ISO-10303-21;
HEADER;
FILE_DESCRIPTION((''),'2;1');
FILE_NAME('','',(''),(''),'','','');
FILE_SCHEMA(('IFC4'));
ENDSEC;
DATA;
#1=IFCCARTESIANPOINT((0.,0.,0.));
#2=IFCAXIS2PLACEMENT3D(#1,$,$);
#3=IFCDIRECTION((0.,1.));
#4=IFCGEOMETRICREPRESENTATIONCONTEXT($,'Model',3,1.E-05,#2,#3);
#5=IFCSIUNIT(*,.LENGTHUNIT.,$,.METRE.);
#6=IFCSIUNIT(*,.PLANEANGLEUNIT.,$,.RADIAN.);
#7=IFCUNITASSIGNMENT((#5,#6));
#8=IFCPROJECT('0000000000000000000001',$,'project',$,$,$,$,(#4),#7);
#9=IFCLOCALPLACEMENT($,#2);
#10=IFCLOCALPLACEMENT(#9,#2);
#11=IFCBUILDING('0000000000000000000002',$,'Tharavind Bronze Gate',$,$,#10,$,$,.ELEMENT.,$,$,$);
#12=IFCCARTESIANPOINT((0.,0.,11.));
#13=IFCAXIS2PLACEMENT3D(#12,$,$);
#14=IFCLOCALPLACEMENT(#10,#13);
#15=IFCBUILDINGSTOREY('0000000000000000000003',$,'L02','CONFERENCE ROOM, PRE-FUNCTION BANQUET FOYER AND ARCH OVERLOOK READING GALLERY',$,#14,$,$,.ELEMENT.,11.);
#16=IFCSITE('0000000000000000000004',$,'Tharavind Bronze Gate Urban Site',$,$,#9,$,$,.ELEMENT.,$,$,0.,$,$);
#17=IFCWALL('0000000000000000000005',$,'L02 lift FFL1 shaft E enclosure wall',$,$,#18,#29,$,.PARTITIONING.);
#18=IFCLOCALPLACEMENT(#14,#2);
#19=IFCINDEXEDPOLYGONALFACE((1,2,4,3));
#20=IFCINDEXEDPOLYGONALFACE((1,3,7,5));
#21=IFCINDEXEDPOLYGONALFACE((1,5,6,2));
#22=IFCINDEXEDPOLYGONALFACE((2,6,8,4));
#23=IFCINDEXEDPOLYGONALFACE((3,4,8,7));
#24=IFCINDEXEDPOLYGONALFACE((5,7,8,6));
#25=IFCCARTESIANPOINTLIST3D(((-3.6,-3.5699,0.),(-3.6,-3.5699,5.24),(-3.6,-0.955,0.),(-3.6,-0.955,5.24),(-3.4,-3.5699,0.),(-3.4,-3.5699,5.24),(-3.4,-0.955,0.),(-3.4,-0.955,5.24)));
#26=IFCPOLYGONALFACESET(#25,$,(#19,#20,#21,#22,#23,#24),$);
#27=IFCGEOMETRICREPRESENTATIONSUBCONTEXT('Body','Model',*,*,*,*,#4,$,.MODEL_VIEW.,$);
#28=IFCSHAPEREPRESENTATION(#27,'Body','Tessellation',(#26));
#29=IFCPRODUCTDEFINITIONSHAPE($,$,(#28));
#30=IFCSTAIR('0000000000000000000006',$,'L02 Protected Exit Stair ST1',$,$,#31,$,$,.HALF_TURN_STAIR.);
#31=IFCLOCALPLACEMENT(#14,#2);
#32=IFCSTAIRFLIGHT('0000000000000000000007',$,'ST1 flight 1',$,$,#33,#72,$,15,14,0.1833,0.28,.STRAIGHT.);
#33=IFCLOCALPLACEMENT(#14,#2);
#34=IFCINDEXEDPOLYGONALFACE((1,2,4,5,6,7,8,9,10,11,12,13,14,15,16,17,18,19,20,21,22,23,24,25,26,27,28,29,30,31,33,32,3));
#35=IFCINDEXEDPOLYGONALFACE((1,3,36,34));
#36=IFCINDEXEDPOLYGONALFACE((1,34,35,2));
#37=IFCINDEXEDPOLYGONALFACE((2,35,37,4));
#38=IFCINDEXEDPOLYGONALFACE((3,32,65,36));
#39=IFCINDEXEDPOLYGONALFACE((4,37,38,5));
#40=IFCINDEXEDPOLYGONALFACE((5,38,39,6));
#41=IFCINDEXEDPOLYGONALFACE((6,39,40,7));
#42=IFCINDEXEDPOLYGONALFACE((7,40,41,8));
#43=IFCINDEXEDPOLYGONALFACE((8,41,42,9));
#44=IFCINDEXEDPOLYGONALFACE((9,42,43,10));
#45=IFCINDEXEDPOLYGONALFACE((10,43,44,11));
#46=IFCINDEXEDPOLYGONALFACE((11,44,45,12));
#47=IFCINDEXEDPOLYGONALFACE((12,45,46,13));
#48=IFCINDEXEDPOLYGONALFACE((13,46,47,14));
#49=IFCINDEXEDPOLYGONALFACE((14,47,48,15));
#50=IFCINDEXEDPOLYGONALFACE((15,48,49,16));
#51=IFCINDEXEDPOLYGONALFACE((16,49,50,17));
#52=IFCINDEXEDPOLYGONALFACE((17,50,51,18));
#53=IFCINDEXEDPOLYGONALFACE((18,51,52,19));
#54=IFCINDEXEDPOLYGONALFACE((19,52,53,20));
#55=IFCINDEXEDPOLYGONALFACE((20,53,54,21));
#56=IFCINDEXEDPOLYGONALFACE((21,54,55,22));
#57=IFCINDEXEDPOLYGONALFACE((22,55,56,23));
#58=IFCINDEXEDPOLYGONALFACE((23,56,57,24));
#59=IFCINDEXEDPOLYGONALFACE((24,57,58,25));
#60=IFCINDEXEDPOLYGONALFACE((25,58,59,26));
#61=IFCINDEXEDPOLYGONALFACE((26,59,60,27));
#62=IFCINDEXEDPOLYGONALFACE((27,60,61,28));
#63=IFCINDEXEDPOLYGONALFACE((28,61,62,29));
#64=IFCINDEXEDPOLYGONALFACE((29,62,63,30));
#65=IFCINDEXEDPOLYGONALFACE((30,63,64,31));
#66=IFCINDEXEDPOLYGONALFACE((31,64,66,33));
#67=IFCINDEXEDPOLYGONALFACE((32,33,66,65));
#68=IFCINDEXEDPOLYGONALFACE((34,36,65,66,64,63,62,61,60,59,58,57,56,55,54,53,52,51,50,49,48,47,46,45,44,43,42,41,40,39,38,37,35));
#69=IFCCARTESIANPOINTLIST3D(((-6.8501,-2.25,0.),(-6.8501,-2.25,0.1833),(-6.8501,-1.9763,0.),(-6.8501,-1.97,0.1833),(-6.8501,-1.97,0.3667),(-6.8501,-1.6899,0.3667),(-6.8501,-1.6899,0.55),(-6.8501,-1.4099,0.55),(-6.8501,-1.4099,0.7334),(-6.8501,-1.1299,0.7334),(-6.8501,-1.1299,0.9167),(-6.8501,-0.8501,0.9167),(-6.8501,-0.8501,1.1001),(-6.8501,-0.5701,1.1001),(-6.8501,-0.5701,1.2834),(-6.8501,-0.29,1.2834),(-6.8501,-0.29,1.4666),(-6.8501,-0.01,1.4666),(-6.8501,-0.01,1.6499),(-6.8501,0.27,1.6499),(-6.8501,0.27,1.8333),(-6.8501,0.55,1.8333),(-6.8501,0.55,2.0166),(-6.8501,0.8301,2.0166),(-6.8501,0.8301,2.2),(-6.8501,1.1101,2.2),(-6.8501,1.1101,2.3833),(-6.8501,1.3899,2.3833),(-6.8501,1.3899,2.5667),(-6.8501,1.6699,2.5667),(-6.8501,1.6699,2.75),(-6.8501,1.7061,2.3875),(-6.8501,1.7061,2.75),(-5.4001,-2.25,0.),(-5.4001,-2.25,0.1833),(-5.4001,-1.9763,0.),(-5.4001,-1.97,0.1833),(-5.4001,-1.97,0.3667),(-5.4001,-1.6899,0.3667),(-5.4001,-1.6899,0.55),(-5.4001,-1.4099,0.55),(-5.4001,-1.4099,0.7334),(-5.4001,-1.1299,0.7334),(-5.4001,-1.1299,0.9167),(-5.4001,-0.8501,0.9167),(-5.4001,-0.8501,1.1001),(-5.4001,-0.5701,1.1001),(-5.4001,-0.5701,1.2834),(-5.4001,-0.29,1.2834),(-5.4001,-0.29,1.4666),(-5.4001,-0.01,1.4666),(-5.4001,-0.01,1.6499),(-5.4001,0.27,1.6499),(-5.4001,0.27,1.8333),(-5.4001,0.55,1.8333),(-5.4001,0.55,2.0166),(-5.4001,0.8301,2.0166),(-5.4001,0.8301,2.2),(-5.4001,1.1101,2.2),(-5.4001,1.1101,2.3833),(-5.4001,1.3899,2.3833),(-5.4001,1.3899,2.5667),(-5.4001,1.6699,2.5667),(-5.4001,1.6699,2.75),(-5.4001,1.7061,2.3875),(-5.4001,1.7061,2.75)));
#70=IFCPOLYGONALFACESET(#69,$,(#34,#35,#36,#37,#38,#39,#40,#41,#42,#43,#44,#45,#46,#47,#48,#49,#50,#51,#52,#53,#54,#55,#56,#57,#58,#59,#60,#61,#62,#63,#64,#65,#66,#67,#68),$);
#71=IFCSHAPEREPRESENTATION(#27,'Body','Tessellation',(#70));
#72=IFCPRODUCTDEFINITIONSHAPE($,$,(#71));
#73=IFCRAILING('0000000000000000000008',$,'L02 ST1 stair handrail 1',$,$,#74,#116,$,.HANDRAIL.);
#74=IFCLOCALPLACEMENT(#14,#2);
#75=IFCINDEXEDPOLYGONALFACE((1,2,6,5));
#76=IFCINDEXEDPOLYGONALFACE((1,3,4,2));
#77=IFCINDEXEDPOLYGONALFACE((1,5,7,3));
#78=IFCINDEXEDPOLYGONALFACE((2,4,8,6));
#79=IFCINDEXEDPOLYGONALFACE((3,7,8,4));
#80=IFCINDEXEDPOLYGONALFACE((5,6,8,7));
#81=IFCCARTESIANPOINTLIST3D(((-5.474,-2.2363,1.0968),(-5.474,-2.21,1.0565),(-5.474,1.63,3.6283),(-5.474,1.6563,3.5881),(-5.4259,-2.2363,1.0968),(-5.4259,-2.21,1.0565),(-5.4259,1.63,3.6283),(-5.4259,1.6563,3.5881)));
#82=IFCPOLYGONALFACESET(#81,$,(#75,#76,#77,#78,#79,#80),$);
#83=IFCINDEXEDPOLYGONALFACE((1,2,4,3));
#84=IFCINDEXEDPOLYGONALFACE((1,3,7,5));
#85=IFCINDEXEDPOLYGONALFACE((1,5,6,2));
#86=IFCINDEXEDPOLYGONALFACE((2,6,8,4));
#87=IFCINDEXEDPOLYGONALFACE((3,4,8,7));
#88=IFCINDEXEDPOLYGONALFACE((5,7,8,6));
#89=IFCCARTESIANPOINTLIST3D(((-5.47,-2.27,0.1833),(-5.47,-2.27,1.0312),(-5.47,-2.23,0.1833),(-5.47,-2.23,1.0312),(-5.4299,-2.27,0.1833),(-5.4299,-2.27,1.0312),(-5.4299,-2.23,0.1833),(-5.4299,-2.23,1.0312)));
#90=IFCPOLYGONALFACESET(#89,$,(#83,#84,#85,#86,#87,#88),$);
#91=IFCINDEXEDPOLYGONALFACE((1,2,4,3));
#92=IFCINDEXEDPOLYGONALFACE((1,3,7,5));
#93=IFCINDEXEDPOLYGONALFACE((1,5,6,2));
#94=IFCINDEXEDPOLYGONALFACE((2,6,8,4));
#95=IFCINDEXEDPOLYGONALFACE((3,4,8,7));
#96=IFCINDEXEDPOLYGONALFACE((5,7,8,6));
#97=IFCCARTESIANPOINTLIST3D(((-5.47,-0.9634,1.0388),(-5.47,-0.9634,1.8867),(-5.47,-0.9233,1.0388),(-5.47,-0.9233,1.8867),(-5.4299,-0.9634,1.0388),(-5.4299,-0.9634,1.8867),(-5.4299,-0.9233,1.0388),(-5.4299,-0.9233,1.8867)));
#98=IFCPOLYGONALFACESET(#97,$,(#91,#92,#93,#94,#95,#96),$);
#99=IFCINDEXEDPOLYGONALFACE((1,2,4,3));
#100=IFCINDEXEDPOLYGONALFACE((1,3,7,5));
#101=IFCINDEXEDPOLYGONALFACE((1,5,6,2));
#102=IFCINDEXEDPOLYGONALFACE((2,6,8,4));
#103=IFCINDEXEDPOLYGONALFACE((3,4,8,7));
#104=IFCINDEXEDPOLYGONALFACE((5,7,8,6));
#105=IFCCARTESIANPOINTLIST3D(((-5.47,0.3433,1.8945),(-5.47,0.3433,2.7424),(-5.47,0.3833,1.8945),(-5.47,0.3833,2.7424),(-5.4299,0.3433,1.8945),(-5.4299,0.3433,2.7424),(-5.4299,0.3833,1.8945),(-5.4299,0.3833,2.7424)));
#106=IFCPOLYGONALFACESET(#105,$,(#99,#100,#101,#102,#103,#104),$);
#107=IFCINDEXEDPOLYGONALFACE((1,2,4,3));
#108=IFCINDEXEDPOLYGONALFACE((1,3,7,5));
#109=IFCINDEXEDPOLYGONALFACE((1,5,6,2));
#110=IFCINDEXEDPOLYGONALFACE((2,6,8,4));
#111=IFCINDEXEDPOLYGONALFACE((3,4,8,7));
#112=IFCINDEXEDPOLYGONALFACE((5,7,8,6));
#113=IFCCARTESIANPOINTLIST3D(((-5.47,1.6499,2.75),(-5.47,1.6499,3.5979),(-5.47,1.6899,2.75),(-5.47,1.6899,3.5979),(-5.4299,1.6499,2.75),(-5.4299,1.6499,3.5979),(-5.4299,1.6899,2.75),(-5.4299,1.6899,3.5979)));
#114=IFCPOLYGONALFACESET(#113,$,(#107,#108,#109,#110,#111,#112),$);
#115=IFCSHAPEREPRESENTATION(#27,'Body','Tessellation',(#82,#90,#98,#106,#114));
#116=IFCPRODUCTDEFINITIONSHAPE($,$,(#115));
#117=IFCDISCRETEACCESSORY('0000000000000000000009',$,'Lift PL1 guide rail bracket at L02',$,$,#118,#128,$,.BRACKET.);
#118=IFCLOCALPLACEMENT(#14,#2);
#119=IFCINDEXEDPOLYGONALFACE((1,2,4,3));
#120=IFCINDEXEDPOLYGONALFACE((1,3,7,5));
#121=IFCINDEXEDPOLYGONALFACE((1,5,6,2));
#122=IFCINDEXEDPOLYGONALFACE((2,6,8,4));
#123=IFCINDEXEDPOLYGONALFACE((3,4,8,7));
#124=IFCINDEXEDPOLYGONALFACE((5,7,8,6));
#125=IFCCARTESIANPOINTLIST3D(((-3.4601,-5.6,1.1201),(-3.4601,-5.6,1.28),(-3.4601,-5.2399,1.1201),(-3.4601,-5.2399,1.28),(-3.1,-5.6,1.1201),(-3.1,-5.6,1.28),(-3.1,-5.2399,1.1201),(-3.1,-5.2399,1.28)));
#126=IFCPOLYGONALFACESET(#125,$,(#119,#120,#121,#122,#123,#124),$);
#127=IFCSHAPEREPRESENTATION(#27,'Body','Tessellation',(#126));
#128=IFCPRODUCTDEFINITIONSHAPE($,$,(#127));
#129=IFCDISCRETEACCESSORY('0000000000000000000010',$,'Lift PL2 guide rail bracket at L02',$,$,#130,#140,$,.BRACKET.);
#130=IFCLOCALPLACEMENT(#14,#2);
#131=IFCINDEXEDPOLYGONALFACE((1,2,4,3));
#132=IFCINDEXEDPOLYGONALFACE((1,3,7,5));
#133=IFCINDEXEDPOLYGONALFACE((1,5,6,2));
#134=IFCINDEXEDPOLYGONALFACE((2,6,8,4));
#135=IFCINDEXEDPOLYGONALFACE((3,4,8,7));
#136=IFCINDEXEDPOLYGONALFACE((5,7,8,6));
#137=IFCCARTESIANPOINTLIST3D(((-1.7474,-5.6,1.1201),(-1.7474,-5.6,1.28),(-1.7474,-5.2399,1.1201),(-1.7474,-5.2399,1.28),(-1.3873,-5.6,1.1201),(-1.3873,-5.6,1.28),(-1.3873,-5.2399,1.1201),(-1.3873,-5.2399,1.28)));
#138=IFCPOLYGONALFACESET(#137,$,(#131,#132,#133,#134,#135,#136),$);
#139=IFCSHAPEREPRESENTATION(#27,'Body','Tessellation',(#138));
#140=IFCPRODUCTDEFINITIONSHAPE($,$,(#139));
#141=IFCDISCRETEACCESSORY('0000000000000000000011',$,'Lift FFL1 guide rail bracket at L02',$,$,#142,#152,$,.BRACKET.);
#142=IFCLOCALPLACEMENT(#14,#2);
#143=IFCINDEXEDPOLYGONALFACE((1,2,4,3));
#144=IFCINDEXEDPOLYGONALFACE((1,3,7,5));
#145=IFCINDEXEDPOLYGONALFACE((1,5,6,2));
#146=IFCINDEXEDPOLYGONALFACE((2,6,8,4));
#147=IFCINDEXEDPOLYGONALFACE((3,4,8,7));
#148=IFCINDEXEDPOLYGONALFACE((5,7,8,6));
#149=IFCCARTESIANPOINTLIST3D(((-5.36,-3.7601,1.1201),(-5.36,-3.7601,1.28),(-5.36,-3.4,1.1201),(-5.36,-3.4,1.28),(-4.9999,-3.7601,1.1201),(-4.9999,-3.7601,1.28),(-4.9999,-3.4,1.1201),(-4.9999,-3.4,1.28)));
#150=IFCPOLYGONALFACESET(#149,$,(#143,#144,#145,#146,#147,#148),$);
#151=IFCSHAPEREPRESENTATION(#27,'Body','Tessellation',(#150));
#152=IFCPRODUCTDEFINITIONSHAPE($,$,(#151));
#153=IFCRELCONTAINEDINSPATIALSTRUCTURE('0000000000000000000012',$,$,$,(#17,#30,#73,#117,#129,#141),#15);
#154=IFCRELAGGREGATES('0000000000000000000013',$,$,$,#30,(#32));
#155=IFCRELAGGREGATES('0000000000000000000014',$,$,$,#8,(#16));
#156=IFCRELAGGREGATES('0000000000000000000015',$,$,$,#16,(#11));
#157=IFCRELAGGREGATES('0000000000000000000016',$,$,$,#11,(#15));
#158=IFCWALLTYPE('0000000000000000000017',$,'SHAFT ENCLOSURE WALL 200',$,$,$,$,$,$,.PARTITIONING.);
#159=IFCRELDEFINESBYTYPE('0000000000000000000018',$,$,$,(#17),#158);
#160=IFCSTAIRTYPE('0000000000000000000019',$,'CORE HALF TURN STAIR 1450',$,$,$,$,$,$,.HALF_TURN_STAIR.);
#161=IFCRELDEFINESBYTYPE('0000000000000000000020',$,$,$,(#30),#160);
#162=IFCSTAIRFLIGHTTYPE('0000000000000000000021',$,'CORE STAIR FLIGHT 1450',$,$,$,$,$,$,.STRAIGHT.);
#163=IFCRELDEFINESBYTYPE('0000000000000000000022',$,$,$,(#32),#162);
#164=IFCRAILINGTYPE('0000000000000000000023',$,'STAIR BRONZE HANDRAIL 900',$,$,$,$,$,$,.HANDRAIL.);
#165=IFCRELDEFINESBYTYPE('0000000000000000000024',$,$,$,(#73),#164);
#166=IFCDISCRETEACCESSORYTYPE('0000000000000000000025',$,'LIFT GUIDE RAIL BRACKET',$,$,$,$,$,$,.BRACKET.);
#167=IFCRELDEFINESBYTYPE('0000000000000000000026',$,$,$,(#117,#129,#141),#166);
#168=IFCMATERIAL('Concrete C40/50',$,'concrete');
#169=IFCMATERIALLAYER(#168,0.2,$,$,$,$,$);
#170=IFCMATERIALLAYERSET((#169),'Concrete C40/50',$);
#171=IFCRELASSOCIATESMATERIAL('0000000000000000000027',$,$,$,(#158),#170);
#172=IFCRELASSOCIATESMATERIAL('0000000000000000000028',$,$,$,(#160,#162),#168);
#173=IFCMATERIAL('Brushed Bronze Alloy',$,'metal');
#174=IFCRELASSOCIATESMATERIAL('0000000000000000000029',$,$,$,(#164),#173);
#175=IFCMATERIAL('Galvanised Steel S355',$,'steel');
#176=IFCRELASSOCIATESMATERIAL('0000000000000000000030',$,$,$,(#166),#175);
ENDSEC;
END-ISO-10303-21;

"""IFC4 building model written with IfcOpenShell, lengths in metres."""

from ifc_helpers import new_model, si_unit, direction, frame, frame_2d, origin, origin_2d, place, context, subcontext, project, spatial, polyline, rectangle, outline, extrude, material, layer, layer_set, type_object, element, aggregate, save


model = new_model("IFC4")

# Units and contexts
model_context = context("Model", 3, precision=1e-05, world=origin(), true_north=direction((0.0, 1.0)))
body_context = subcontext(model_context, "Body", "Model", "MODEL_VIEW")
ifc_project = project(units=[si_unit("LENGTHUNIT", "METRE"), si_unit("PLANEANGLEUNIT", "RADIAN")], contexts=[model_context])

# Site, building, storey
site_placement = place(None, origin())
site = spatial("IfcSite", under=ifc_project, at=site_placement, Name="Tharavind Bronze Gate Urban Site", CompositionType="ELEMENT", RefElevation=0.0)
building_placement = place(site_placement, origin())
building = spatial("IfcBuilding", under=site, at=building_placement, Name="Tharavind Bronze Gate", CompositionType="ELEMENT")
storey_placement = place(building_placement, frame((0.0, 0.0, 11.0)))
storey = spatial("IfcBuildingStorey", under=building, at=storey_placement, Name="L02", Description="CONFERENCE ROOM, PRE-FUNCTION BANQUET FOYER AND ARCH OVERLOOK READING GALLERY", CompositionType="ELEMENT", Elevation=11.0)

# Wall
ifc_material_1 = material(Name="Concrete C40/50", Category="concrete")
ifc_layer_1 = layer(ifc_material_1, 0.2)
ifc_layer_set_1 = layer_set([ifc_layer_1], Name="Concrete C40/50")
wall_type_1 = type_object("IfcWallType", Name="SHAFT ENCLOSURE WALL 200", PredefinedType="PARTITIONING", material=ifc_layer_set_1)
wall_1_placement = place(storey_placement, frame((-3.5, -3.5701, 0.0), z_axis=(0.0, 0.0, 1.0), x_axis=(0.0, 1.0, 0.0)))
element("IfcWall", 1, at=wall_1_placement, inside=storey, type_object=wall_type_1, Name="L02 lift FFL1 shaft E enclosure wall", PredefinedType="PARTITIONING", context=body_context, shape_type="SweptSolid", body=[
    extrude(rectangle(XDim=2.615, YDim=0.2, at=frame_2d((1.3076, 0.0))), origin(), (0.0, 0.0, 1.0), 5.24),
])

# Stair, stair flight
stair_type = type_object("IfcStairType", Name="CORE HALF TURN STAIR 1450", PredefinedType="HALF_TURN_STAIR", material=ifc_material_1)
stair_placement = place(storey_placement, origin())
stair = element("IfcStair", 2, at=stair_placement, inside=storey, type_object=stair_type, Name="L02 Protected Exit Stair ST1", PredefinedType="HALF_TURN_STAIR")
stair_flight_type = type_object("IfcStairFlightType", Name="CORE STAIR FLIGHT 1450", PredefinedType="STRAIGHT", material=ifc_material_1)
stair_flight_placement = place(storey_placement, frame((-6.125, -2.25, 0.0), z_axis=(0.0, 0.0, 1.0), x_axis=(0.0, 1.0, 0.0)))
stair_flight = element("IfcStairFlight", 3, at=stair_flight_placement, type_object=stair_flight_type, Name="ST1 flight 1", NumberOfRisers=15, NumberOfTreads=14, PredefinedType="STRAIGHT", RiserHeight=0.1833, TreadLength=0.28, context=body_context, shape_type="SweptSolid", body=[
    extrude(outline(polyline([(0.0, 0.0), (0.0, 0.1833), (0.28, 0.1833), (0.28, 0.3667), (0.5601, 0.3667), (0.5601, 0.55), (0.8401, 0.55), (0.8401, 0.7334), (1.1201, 0.7334), (1.1201, 0.9167), (1.3999, 0.9167), (1.3999, 1.1001), (1.6799, 1.1001), (1.6799, 1.2834), (1.96, 1.2834), (1.96, 1.4666), (2.24, 1.4666), (2.24, 1.6499), (2.52, 1.6499), (2.52, 1.8333), (2.8, 1.8333), (2.8, 2.0166), (3.0801, 2.0166), (3.0801, 2.2), (3.3601, 2.2), (3.3601, 2.3833), (3.6399, 2.3833), (3.6399, 2.5667), (3.9199, 2.5667), (3.9199, 2.75), (3.9561, 2.75), (3.9561, 2.3875), (0.2737, 0.0), (0.0, 0.0)])), frame((0.0, 0.7251, 0.0), z_axis=(0.0, -1.0, 0.0), x_axis=(1.0, 0.0, 0.0)), (0.0, 0.0, 1.0), 1.45),
])
aggregate(stair, [stair_flight])

# Railing
ifc_material_2 = material(Name="Brushed Bronze Alloy", Category="metal")
railing_type = type_object("IfcRailingType", Name="STAIR BRONZE HANDRAIL 900", PredefinedType="HANDRAIL", material=ifc_material_2)
railing_placement = place(storey_placement, frame((-5.45, -2.25, 0.1833)))
element("IfcRailing", 4, at=railing_placement, inside=storey, type_object=railing_type, Name="L02 ST1 stair handrail 1", PredefinedType="HANDRAIL", context=body_context, shape_type="SweptSolid", body=[
    extrude(rectangle(XDim=0.0481, YDim=0.0481, at=origin_2d()), frame((0.0, 0.0269, 0.8933), z_axis=(0.0, 0.836615, 0.547791), x_axis=(-1.0, 0.0, 0.0)), (0.0, 0.0, 1.0), 4.6213),
    extrude(rectangle(XDim=0.04, YDim=0.04, at=origin_2d()), origin(), (0.0, 0.0, 1.0), 0.8479),
    extrude(rectangle(XDim=0.04, YDim=0.04, at=origin_2d()), frame((0.0, 1.3066, 0.8555)), (0.0, 0.0, 1.0), 0.8479),
    extrude(rectangle(XDim=0.04, YDim=0.04, at=origin_2d()), frame((0.0, 2.6133, 1.7112)), (0.0, 0.0, 1.0), 0.8479),
    extrude(rectangle(XDim=0.04, YDim=0.04, at=origin_2d()), frame((0.0, 3.9199, 2.5667)), (0.0, 0.0, 1.0), 0.8479),
])

# Discrete accessories
ifc_material_3 = material(Name="Galvanised Steel S355", Category="steel")
discrete_accessory_type = type_object("IfcDiscreteAccessoryType", Name="LIFT GUIDE RAIL BRACKET", PredefinedType="BRACKET", material=ifc_material_3)
for number, where, z_axis, x_axis, name in (
    (5, (-3.28, -5.4199, 1.1201), (0.0, 0.0, 1.0), (1.0, 0.0, 0.0), "Lift PL1 guide rail bracket at L02"),
    (6, (-1.5674, -5.4199, 1.1201), (0.0, 0.0, 1.0), (1.0, 0.0, 0.0), "Lift PL2 guide rail bracket at L02"),
    (7, (-5.1799, -3.5801, 1.1201), (0.0, 0.0, 1.0), (1.0, 0.0, 0.0), "Lift FFL1 guide rail bracket at L02"),
):
    element("IfcDiscreteAccessory", number, at=place(storey_placement, frame(where, z_axis=z_axis, x_axis=x_axis)), inside=storey, type_object=discrete_accessory_type, Name=name, PredefinedType="BRACKET", context=body_context, shape_type="SweptSolid", body=[
        extrude(rectangle(XDim=0.3601, YDim=0.3601, at=origin_2d()), origin(), (0.0, 0.0, 1.0), 0.1599),
    ])

save(model, "model.ifc")
